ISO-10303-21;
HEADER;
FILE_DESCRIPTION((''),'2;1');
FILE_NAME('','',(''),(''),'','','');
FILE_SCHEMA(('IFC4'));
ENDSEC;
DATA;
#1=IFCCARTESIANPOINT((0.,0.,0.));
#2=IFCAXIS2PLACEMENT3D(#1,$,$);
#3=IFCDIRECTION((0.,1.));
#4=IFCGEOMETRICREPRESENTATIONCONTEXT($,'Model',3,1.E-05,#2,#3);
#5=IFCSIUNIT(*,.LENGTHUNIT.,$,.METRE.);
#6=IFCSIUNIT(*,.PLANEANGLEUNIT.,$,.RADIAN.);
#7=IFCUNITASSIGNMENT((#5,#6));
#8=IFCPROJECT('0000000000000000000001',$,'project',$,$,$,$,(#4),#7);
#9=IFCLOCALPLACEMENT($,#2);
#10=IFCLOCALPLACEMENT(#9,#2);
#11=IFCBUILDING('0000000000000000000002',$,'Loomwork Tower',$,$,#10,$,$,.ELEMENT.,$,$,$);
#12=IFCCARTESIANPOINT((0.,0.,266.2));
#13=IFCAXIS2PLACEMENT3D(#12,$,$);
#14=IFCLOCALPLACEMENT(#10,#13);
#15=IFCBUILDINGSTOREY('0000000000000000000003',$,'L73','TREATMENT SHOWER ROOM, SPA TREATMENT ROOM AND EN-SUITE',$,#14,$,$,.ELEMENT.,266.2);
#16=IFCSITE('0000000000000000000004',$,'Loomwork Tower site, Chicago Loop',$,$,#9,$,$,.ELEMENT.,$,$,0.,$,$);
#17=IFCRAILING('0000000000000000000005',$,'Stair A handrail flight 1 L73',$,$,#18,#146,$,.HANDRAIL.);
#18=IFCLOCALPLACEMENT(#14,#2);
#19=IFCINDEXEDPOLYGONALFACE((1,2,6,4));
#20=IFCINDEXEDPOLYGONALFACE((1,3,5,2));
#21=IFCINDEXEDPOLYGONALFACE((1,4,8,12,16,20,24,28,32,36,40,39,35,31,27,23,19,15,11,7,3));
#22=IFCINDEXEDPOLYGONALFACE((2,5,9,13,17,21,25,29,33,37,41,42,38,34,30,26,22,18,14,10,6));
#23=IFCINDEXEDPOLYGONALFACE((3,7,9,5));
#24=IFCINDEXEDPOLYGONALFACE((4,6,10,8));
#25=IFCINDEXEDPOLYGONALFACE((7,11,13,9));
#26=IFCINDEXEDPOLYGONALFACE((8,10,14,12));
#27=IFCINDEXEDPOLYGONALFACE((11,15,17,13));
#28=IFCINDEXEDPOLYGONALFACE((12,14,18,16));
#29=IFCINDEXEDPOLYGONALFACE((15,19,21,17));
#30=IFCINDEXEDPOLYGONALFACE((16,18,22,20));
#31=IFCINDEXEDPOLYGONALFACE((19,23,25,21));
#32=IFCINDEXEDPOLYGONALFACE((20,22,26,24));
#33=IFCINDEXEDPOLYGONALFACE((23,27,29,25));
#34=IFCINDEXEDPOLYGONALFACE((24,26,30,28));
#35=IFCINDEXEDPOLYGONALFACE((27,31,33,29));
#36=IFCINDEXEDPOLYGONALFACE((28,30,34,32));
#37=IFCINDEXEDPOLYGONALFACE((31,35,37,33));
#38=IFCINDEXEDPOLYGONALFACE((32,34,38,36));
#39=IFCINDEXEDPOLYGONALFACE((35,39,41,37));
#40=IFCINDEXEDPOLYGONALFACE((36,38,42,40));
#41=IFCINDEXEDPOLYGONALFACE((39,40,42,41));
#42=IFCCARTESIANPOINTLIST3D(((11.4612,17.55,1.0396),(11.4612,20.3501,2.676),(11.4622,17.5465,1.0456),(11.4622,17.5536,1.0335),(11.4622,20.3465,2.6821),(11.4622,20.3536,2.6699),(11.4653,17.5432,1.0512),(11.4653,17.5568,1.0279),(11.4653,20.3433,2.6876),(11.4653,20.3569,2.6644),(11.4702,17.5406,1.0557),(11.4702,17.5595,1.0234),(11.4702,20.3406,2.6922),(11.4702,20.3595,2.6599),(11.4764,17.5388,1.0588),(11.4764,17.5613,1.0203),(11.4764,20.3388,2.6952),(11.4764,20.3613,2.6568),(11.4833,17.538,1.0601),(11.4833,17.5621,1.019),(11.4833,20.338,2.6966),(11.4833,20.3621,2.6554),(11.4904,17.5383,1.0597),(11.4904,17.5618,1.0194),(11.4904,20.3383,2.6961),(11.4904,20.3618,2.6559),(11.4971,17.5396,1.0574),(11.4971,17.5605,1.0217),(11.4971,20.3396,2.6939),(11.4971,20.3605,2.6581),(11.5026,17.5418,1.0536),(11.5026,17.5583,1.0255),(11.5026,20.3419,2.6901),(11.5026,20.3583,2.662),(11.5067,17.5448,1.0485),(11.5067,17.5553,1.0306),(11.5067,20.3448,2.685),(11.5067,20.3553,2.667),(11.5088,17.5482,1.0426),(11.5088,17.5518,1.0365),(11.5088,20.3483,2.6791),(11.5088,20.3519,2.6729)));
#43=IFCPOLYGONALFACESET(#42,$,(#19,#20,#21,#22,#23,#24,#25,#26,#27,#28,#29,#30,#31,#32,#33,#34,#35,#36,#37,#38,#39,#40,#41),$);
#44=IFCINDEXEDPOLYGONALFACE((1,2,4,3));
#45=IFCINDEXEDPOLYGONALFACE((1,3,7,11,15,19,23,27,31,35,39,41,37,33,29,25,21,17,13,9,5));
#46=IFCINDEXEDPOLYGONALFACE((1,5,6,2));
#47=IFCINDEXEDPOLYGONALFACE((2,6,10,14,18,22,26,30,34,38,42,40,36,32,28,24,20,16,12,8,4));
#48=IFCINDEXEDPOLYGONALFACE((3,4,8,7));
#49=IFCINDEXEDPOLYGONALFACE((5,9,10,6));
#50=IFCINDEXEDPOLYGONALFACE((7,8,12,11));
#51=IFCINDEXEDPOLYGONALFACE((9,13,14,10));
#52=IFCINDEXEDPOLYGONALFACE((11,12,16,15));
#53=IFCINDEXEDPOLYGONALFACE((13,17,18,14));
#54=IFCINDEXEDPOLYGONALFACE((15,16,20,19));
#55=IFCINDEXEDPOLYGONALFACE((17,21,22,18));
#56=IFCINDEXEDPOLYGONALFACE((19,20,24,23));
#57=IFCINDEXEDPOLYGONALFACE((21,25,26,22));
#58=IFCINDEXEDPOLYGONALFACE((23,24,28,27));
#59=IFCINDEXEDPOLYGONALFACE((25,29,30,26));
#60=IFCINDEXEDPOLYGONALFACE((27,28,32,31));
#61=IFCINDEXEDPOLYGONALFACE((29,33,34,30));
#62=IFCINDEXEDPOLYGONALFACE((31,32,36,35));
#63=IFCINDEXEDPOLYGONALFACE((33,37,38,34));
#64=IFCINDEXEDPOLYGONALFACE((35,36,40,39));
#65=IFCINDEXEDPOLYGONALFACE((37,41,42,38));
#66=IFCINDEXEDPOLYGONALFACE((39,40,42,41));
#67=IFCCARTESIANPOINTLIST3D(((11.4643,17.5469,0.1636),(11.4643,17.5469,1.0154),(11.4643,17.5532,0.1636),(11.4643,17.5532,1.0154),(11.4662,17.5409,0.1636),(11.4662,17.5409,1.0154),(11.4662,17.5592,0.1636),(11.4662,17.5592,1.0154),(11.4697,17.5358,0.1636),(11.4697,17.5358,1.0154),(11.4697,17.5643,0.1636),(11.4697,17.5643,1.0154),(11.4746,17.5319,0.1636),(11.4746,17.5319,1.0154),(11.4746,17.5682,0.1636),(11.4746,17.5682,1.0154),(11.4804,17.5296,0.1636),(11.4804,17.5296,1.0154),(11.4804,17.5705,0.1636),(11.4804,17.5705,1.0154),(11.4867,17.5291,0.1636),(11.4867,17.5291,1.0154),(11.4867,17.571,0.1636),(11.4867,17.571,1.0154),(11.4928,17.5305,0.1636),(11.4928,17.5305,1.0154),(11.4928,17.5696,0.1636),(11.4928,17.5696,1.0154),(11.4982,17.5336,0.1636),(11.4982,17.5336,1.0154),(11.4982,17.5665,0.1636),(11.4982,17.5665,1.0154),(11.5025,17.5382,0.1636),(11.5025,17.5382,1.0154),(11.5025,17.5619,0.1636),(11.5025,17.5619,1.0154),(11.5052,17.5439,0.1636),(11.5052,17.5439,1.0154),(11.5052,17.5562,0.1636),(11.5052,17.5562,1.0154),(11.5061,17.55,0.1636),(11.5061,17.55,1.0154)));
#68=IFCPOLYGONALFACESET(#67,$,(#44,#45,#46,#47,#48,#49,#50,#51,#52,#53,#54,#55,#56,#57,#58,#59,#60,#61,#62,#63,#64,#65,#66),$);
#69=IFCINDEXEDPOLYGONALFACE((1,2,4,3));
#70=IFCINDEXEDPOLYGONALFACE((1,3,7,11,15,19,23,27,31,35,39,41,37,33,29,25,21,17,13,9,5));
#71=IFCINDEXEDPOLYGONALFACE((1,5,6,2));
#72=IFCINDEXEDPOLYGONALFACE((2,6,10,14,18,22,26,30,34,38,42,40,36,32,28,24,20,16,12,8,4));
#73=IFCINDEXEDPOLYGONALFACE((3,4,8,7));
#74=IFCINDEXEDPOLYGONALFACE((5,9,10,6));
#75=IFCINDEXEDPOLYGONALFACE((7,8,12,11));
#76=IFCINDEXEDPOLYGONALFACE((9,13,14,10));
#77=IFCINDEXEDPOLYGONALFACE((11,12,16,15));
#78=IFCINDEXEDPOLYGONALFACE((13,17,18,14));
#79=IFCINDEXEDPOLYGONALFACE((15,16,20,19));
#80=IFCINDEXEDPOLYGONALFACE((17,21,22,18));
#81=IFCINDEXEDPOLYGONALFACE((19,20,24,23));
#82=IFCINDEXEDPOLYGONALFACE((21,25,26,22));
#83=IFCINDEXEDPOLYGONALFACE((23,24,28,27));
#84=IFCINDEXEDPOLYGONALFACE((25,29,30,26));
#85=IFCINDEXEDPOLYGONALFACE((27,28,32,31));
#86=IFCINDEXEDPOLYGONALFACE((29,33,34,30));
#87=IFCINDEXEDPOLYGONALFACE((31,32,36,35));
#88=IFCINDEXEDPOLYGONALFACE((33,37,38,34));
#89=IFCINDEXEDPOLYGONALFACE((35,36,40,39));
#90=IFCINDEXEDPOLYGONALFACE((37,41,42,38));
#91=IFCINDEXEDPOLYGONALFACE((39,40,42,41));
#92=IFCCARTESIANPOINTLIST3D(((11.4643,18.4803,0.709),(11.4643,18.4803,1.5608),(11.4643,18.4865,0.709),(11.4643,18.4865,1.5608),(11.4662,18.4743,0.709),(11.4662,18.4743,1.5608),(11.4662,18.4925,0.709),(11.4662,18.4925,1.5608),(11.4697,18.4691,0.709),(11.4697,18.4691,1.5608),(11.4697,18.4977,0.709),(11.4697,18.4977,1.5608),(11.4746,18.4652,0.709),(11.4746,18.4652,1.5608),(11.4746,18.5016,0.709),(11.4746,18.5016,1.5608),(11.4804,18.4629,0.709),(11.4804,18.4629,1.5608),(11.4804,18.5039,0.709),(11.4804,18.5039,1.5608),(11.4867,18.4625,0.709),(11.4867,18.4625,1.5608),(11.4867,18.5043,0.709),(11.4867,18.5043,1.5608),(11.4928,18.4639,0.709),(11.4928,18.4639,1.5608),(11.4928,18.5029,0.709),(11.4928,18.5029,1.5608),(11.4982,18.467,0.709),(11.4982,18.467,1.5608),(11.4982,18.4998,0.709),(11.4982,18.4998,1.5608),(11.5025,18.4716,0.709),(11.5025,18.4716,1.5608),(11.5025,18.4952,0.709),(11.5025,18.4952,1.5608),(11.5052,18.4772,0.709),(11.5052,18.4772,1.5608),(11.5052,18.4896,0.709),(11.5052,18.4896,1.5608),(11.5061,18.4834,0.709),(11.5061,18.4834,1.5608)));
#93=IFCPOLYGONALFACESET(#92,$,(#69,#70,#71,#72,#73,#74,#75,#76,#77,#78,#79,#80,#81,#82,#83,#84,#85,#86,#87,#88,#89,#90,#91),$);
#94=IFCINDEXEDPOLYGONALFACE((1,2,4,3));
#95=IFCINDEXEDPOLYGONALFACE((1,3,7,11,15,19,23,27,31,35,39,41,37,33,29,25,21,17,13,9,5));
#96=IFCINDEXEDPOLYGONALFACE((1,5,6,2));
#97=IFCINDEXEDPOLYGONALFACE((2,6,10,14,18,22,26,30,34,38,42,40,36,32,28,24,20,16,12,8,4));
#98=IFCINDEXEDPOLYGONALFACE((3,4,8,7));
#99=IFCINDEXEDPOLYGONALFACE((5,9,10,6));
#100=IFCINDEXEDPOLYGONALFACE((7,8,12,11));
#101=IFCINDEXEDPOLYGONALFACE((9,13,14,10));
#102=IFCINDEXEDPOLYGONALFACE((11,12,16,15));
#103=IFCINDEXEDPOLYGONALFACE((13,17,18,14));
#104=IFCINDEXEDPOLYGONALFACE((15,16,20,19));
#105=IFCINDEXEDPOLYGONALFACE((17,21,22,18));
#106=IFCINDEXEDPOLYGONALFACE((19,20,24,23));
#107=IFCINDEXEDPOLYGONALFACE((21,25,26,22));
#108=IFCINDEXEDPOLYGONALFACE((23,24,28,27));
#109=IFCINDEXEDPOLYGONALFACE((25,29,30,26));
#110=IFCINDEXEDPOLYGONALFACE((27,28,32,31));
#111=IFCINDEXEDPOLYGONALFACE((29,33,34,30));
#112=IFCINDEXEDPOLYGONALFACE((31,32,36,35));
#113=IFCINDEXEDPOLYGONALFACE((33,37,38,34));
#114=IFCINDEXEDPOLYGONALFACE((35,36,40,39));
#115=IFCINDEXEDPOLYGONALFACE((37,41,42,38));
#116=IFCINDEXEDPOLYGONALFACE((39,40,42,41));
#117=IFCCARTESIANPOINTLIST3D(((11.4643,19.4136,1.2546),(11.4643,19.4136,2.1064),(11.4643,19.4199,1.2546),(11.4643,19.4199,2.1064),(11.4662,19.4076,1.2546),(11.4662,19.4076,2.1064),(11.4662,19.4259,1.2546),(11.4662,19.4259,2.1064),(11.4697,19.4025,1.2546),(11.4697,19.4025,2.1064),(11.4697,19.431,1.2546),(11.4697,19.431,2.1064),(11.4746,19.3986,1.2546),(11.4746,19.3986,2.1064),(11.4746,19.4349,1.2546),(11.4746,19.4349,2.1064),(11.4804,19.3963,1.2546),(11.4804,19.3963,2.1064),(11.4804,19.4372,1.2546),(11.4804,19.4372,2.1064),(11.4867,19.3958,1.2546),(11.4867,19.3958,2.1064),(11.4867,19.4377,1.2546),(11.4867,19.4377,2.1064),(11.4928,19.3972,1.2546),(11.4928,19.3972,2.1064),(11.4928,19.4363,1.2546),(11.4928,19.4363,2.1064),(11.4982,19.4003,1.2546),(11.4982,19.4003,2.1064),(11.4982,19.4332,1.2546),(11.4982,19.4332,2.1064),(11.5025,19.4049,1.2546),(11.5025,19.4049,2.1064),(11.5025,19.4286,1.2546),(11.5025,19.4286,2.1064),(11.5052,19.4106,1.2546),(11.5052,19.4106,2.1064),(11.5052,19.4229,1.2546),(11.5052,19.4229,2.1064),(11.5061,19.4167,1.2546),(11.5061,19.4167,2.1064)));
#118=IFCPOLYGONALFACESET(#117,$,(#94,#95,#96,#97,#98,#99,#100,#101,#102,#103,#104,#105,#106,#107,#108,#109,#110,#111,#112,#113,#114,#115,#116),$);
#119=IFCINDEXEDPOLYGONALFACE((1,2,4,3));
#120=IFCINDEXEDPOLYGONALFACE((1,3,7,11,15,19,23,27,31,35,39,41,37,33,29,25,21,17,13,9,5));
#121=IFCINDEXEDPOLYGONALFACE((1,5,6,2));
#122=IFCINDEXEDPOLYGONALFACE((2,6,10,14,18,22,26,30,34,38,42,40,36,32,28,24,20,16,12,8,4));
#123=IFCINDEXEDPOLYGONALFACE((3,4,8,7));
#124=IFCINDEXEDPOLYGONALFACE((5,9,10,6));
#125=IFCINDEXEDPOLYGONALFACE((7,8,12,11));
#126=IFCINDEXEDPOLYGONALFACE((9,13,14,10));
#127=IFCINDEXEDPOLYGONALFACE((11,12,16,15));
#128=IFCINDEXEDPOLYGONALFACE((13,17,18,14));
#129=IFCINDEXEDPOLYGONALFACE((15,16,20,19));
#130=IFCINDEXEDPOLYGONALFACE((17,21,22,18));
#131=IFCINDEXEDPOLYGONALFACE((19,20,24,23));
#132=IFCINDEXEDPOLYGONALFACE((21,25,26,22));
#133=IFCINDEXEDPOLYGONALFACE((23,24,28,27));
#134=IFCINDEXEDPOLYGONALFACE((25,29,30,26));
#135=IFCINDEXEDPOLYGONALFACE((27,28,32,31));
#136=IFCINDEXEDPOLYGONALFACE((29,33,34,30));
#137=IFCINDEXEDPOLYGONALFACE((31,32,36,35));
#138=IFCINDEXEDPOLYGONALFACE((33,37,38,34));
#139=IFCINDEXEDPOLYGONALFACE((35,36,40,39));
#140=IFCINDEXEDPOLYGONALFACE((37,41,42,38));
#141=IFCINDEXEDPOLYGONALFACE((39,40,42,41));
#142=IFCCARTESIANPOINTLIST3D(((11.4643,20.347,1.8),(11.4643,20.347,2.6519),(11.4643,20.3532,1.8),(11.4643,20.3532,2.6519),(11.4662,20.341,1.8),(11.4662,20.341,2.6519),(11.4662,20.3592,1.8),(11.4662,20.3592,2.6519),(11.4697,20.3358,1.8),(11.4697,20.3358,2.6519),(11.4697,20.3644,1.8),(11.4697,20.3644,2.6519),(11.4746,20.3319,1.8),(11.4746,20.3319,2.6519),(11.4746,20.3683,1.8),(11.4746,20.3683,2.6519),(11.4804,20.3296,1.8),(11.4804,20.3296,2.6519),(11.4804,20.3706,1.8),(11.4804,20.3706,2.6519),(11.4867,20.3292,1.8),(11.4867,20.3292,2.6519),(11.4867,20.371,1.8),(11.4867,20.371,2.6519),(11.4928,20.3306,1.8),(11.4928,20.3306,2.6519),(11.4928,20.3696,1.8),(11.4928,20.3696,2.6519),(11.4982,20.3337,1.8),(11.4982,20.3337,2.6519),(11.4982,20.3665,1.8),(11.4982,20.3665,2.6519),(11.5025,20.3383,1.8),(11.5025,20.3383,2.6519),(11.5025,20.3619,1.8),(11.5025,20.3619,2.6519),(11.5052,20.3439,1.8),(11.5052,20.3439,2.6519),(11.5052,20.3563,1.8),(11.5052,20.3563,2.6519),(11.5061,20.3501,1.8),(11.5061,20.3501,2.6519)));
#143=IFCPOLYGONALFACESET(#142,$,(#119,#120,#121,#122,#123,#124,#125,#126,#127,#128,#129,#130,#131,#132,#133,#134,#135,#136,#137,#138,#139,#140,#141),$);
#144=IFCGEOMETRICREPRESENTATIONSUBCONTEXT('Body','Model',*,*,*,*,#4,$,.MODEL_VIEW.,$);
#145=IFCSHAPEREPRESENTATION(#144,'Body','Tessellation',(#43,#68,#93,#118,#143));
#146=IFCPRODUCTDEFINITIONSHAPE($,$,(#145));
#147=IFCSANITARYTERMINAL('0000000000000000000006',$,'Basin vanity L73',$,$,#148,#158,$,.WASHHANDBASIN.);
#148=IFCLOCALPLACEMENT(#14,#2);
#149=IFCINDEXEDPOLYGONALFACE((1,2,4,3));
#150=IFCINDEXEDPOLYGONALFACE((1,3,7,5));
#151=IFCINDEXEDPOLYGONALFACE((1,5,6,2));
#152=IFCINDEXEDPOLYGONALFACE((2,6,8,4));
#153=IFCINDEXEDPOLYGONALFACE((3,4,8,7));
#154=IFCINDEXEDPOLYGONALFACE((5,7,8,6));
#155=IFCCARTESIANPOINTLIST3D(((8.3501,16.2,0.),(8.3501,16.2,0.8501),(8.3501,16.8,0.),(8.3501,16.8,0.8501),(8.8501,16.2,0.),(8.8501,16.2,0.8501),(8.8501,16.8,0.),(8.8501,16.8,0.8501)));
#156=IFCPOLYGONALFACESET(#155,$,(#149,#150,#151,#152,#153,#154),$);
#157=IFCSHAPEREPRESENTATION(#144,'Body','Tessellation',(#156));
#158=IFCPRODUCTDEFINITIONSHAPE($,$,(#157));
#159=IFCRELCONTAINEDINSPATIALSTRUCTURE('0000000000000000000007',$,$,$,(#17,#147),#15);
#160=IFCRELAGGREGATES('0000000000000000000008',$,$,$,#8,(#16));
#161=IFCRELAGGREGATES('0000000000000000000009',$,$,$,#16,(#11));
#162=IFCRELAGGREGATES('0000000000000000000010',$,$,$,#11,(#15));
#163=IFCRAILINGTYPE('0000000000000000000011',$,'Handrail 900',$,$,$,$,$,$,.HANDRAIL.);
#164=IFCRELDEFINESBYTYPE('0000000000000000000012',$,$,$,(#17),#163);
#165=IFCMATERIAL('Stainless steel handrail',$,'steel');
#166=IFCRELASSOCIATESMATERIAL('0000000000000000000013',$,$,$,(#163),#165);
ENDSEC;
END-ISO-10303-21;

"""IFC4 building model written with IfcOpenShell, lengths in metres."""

from ifc_helpers import new_model, si_unit, direction, frame, origin, origin_2d, place, context, subcontext, project, spatial, rectangle, circle, extrude, material, type_object, element, save


model = new_model("IFC4")

# Units and contexts
model_context = context("Model", 3, precision=1e-05, world=origin(), true_north=direction((0.0, 1.0)))
body_context = subcontext(model_context, "Body", "Model", "MODEL_VIEW")
ifc_project = project(units=[si_unit("LENGTHUNIT", "METRE"), si_unit("PLANEANGLEUNIT", "RADIAN")], contexts=[model_context])

# Site, building, storey
site_placement = place(None, origin())
site = spatial("IfcSite", under=ifc_project, at=site_placement, Name="Loomwork Tower site, Chicago Loop", CompositionType="ELEMENT", RefElevation=0.0)
building_placement = place(site_placement, origin())
building = spatial("IfcBuilding", under=site, at=building_placement, Name="Loomwork Tower", CompositionType="ELEMENT")
storey_placement = place(building_placement, frame((0.0, 0.0, 266.2)))
storey = spatial("IfcBuildingStorey", under=building, at=storey_placement, Name="L73", Description="TREATMENT SHOWER ROOM, SPA TREATMENT ROOM AND EN-SUITE", CompositionType="ELEMENT", Elevation=266.2)

# Railing
ifc_material_1 = material(Name="Stainless steel handrail", Category="steel")
railing_type = type_object("IfcRailingType", Name="Handrail 900", PredefinedType="HANDRAIL", material=ifc_material_1)
railing_placement = place(storey_placement, frame((11.4851, 17.55, 0.1636)))
element("IfcRailing", 1, at=railing_placement, inside=storey, type_object=railing_type, Name="Stair A handrail flight 1 L73", PredefinedType="HANDRAIL", context=body_context, shape_type="SweptSolid", body=[
    extrude(circle(Radius=0.0239, at=origin_2d()), frame((0.0, 0.0, 0.876), z_axis=(0.0, 0.863361, 0.504587), x_axis=(-1.0, 0.0, 0.0)), (0.0, 0.0, 1.0), 3.2432),
    extrude(circle(Radius=0.021, at=origin_2d()), origin(), (0.0, 0.0, 1.0), 0.8518),
    extrude(circle(Radius=0.021, at=origin_2d()), frame((0.0, 0.9333, 0.5454)), (0.0, 0.0, 1.0), 0.8518),
    extrude(circle(Radius=0.021, at=origin_2d()), frame((0.0, 1.8667, 1.0911)), (0.0, 0.0, 1.0), 0.8518),
    extrude(circle(Radius=0.021, at=origin_2d()), frame((0.0, 2.8, 1.6365)), (0.0, 0.0, 1.0), 0.8518),
])

# Sanitary terminal
sanitary_terminal_placement = place(storey_placement, frame((8.6001, 16.5, 0.0), z_axis=(0.0, 0.0, 1.0), x_axis=(1.0, 0.0, 0.0)))
element("IfcSanitaryTerminal", 2, at=sanitary_terminal_placement, inside=storey, Name="Basin vanity L73", PredefinedType="WASHHANDBASIN", context=body_context, shape_type="SweptSolid", body=[
    extrude(rectangle(XDim=0.5, YDim=0.6001, at=origin_2d()), origin(), (0.0, 0.0, 1.0), 0.8501),
])

save(model, "model.ifc")
